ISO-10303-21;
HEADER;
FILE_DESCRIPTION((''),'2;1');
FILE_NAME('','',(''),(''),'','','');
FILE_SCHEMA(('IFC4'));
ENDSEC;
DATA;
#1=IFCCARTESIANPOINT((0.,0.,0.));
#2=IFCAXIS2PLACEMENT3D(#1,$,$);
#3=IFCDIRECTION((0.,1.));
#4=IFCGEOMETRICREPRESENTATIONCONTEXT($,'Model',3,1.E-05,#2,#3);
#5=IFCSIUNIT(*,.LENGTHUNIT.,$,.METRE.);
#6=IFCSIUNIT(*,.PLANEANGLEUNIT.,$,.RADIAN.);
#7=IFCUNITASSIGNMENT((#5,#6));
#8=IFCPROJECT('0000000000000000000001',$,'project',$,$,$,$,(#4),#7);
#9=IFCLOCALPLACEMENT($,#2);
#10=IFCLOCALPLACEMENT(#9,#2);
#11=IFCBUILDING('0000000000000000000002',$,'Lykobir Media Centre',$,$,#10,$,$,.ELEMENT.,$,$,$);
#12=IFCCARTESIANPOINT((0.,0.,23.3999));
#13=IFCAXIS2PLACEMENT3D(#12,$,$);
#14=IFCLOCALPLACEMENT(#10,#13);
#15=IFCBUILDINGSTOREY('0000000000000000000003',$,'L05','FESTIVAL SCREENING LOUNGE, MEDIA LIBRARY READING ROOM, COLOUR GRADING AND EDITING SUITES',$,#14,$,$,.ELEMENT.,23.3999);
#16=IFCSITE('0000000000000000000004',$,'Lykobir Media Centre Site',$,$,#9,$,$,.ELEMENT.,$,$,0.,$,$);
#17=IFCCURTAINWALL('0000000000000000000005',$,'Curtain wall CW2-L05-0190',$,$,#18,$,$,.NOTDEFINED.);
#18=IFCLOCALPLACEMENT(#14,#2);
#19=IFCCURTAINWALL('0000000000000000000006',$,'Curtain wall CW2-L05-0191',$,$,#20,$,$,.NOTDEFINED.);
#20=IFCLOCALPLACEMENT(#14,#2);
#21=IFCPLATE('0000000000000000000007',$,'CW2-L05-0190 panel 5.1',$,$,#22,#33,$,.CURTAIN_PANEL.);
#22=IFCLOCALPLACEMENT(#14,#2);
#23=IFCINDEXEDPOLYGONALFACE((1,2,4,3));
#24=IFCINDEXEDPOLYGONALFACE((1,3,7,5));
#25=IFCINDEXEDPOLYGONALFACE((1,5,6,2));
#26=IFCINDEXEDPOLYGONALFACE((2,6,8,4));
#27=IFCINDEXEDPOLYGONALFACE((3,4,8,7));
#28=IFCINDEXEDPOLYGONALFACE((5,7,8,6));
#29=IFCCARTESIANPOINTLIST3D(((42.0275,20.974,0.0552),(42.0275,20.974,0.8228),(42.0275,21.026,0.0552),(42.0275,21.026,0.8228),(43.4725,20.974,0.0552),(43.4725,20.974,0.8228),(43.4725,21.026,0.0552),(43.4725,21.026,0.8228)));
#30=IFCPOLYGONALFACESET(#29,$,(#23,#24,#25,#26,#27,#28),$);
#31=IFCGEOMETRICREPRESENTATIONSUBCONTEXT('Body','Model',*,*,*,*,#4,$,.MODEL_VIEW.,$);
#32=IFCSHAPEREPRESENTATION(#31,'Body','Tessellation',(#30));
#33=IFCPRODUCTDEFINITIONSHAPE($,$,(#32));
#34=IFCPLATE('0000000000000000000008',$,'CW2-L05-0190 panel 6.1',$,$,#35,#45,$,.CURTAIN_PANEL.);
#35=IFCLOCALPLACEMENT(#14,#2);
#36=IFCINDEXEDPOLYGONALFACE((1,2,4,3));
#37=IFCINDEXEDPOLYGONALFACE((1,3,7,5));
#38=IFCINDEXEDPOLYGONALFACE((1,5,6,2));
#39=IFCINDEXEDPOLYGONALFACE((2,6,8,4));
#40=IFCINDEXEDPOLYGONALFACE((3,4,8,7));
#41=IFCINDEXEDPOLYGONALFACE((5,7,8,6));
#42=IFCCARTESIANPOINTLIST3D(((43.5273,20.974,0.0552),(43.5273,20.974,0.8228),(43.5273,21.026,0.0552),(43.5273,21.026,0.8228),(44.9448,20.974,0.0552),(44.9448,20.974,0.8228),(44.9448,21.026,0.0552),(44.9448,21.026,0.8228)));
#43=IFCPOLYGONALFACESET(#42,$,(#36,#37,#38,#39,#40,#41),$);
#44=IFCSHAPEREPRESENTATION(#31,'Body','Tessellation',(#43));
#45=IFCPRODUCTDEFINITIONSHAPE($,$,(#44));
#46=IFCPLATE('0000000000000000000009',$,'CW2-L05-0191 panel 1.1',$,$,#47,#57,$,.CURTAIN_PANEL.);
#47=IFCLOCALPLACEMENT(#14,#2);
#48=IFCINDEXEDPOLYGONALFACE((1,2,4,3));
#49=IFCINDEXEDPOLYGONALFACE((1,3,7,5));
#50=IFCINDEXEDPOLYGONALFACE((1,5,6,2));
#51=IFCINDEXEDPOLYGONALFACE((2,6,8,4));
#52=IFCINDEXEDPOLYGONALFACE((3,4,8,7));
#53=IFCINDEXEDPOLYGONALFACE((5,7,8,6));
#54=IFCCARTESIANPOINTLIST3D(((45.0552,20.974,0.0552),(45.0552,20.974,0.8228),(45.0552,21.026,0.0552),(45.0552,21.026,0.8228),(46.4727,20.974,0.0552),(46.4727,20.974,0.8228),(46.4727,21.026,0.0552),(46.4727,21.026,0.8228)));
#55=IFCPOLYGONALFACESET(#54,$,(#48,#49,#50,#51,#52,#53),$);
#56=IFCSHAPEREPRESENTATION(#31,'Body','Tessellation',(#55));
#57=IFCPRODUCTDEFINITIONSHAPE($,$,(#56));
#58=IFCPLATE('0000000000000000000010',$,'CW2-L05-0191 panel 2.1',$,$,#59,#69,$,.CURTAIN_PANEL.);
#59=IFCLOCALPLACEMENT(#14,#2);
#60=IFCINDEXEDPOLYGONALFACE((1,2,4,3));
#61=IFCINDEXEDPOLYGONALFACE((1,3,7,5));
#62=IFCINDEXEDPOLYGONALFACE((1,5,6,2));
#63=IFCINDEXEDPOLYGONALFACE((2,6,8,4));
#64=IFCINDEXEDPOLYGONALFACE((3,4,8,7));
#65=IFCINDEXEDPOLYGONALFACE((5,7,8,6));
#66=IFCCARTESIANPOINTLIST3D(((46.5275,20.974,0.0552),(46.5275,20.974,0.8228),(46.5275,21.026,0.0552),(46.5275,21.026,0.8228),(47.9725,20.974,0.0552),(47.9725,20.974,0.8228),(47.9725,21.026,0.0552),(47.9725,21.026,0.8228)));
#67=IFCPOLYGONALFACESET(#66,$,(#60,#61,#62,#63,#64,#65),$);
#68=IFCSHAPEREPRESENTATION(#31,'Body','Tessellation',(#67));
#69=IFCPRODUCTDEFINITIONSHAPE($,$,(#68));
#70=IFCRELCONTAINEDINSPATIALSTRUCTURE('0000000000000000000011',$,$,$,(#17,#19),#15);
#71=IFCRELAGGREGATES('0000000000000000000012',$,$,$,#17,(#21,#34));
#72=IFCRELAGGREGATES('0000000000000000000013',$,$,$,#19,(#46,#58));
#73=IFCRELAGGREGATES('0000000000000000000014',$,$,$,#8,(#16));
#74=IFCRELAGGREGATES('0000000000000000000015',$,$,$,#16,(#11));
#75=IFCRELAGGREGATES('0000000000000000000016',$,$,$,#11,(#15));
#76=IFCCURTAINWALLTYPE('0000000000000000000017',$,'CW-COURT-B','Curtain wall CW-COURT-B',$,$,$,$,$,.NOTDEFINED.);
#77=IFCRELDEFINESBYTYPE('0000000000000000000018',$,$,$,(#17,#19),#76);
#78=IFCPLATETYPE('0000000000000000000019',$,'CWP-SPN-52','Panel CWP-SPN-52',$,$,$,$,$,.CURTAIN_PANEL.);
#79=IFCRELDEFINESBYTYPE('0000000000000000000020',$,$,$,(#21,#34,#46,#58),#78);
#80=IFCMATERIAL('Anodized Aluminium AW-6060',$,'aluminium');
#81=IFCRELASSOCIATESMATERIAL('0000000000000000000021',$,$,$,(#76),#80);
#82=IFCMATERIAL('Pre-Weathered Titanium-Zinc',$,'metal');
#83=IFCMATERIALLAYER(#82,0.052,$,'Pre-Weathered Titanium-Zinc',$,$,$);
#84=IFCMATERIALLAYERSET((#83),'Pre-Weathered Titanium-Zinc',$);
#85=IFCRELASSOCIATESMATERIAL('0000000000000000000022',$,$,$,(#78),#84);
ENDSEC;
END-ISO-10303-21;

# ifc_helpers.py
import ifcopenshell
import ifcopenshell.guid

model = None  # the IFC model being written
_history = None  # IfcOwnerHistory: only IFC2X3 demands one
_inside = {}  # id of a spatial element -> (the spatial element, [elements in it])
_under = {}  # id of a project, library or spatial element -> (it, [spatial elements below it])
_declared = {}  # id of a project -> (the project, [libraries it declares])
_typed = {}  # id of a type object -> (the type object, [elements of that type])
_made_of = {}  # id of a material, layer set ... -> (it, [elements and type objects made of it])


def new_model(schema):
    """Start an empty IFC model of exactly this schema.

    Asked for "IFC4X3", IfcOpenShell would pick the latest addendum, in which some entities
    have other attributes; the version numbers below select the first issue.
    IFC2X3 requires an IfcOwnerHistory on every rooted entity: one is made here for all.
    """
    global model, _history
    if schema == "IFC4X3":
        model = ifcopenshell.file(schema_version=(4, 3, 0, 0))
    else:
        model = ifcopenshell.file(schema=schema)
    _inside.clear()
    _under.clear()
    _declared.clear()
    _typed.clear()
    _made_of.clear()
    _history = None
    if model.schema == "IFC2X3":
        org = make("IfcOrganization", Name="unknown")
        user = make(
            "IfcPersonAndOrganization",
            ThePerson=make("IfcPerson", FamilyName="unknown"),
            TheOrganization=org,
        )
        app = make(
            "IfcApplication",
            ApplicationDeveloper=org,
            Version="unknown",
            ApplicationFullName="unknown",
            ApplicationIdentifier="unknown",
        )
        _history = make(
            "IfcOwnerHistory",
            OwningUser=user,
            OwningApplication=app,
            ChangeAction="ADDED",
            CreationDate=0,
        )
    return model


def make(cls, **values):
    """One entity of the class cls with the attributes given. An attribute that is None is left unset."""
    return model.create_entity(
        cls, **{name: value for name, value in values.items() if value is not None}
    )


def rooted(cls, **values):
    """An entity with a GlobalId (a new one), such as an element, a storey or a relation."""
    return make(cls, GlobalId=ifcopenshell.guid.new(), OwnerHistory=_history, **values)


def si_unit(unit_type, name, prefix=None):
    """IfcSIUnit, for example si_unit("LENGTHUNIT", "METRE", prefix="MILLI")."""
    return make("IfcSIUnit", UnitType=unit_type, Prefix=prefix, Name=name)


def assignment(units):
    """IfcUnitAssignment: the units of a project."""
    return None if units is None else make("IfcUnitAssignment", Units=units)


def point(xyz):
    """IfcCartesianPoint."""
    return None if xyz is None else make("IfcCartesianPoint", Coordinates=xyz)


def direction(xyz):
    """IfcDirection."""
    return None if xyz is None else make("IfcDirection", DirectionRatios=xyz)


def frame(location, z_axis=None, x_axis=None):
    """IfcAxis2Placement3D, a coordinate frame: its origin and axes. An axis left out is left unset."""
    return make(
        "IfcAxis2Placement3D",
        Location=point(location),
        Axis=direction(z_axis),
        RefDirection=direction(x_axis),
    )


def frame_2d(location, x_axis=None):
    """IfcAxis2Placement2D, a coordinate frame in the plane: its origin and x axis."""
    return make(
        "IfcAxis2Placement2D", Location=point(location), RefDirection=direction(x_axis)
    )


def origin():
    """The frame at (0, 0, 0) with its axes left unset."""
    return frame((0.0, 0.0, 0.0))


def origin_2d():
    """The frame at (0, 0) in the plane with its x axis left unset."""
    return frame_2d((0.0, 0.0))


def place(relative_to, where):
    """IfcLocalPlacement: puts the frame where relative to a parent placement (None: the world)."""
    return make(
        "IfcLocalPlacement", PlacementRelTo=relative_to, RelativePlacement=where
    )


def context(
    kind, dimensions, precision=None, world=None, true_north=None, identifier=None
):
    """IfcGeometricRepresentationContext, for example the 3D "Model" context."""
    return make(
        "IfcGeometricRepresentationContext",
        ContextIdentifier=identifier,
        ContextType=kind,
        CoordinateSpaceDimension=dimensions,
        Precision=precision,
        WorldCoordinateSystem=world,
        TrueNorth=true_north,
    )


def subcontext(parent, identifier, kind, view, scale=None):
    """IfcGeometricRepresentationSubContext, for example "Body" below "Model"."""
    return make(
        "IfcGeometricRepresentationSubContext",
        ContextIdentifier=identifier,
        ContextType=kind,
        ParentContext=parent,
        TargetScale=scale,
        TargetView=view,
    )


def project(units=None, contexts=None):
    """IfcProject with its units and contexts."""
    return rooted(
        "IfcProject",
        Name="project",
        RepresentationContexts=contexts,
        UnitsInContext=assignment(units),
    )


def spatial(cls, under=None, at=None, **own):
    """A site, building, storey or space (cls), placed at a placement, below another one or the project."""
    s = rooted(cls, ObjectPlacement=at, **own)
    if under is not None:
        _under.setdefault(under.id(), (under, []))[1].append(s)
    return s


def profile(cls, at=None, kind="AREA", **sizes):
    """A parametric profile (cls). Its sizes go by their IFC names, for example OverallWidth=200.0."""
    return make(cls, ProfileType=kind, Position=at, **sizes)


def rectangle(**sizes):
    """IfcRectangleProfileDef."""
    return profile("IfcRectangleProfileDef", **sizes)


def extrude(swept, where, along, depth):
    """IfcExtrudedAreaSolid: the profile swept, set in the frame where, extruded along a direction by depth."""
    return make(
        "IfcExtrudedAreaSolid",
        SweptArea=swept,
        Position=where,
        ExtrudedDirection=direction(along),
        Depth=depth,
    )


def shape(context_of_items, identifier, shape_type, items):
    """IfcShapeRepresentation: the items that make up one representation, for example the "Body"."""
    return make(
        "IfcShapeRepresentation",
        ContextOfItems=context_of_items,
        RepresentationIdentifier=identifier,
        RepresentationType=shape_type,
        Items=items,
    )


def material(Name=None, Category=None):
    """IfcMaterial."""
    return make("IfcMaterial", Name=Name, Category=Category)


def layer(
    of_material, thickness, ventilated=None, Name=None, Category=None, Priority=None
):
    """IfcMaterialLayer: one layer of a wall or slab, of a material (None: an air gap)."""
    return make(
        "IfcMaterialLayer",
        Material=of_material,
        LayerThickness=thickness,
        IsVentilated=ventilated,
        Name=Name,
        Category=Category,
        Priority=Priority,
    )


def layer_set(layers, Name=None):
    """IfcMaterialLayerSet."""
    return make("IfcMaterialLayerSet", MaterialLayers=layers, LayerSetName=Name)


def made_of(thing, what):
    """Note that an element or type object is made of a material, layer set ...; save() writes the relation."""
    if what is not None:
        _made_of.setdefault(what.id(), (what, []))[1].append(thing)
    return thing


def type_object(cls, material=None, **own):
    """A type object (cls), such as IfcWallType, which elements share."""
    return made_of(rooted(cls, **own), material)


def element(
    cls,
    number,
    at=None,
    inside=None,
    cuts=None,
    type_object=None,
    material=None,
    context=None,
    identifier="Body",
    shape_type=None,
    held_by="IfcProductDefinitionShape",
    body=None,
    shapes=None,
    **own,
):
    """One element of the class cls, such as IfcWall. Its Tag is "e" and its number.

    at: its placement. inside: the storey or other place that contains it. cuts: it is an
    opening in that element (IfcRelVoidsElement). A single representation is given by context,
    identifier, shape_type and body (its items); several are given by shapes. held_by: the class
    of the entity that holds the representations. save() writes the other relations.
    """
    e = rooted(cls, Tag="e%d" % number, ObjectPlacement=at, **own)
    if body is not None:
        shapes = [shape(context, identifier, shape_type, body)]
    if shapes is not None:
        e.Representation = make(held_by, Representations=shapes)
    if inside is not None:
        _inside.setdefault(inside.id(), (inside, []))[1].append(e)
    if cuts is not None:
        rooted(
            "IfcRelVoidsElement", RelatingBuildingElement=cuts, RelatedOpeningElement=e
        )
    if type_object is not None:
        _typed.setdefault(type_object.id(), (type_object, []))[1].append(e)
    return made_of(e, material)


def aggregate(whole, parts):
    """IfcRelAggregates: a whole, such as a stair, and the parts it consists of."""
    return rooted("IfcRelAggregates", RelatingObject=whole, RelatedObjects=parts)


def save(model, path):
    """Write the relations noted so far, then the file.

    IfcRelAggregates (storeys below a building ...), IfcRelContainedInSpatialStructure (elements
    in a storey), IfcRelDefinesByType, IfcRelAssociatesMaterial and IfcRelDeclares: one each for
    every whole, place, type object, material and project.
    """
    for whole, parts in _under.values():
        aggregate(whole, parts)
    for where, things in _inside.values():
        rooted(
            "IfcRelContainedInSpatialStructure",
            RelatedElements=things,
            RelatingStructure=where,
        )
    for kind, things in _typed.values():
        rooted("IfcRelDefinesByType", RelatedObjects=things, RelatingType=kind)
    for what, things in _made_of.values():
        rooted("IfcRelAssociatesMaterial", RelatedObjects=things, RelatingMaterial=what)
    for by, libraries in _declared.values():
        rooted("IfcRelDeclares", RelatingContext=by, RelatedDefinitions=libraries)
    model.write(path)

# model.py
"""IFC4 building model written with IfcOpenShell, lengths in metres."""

from ifc_helpers import new_model, si_unit, direction, frame, origin, origin_2d, place, context, subcontext, project, spatial, rectangle, extrude, material, layer, layer_set, type_object, element, aggregate, save


model = new_model("IFC4")

# Units and contexts
model_context = context("Model", 3, precision=1e-05, world=origin(), true_north=direction((0.0, 1.0)))
body_context = subcontext(model_context, "Body", "Model", "MODEL_VIEW")
ifc_project = project(units=[si_unit("LENGTHUNIT", "METRE"), si_unit("PLANEANGLEUNIT", "RADIAN")], contexts=[model_context])

# Site, building, storey
site_placement = place(None, origin())
site = spatial("IfcSite", under=ifc_project, at=site_placement, Name="Lykobir Media Centre Site", CompositionType="ELEMENT", RefElevation=0.0)
building_placement = place(site_placement, origin())
building = spatial("IfcBuilding", under=site, at=building_placement, Name="Lykobir Media Centre", CompositionType="ELEMENT")
storey_placement = place(building_placement, frame((0.0, 0.0, 23.3999)))
storey = spatial("IfcBuildingStorey", under=building, at=storey_placement, Name="L05", Description="FESTIVAL SCREENING LOUNGE, MEDIA LIBRARY READING ROOM, COLOUR GRADING AND EDITING SUITES", CompositionType="ELEMENT", Elevation=23.3999)

# Curtain walls
ifc_material_1 = material(Name="Anodized Aluminium AW-6060", Category="aluminium")
curtain_wall_type = type_object("IfcCurtainWallType", Name="CW-COURT-B", Description="Curtain wall CW-COURT-B", PredefinedType="NOTDEFINED", material=ifc_material_1)
curtain_wall_1_placement = place(storey_placement, origin())
curtain_wall_1 = element("IfcCurtainWall", 1, at=curtain_wall_1_placement, inside=storey, type_object=curtain_wall_type, Name="Curtain wall CW2-L05-0190", PredefinedType="NOTDEFINED")
curtain_wall_2_placement = place(storey_placement, origin())
curtain_wall_2 = element("IfcCurtainWall", 2, at=curtain_wall_2_placement, inside=storey, type_object=curtain_wall_type, Name="Curtain wall CW2-L05-0191", PredefinedType="NOTDEFINED")

# Plates
ifc_material_2 = material(Name="Pre-Weathered Titanium-Zinc", Category="metal")
ifc_layer_1 = layer(ifc_material_2, 0.052, Name="Pre-Weathered Titanium-Zinc")
ifc_layer_set_1 = layer_set([ifc_layer_1], Name="Pre-Weathered Titanium-Zinc")
plate_type_1 = type_object("IfcPlateType", Name="CWP-SPN-52", Description="Panel CWP-SPN-52", PredefinedType="CURTAIN_PANEL", material=ifc_layer_set_1)
plate_1_placement = place(storey_placement, frame((42.75, 21.0, 0.0552), z_axis=(0.0, 0.0, 1.0), x_axis=(1.0, 0.0, 0.0)))
plate_1 = element("IfcPlate", 3, at=plate_1_placement, type_object=plate_type_1, Name="CW2-L05-0190 panel 5.1", PredefinedType="CURTAIN_PANEL", context=body_context, shape_type="SweptSolid", body=[
    extrude(rectangle(XDim=1.4451, YDim=0.052, at=origin_2d()), origin(), (0.0, 0.0, 1.0), 0.7676),
])
plate_2_placement = place(storey_placement, frame((44.2361, 21.0, 0.0552), z_axis=(0.0, 0.0, 1.0), x_axis=(1.0, 0.0, 0.0)))
plate_2 = element("IfcPlate", 4, at=plate_2_placement, type_object=plate_type_1, Name="CW2-L05-0190 panel 6.1", PredefinedType="CURTAIN_PANEL", context=body_context, shape_type="SweptSolid", body=[
    extrude(rectangle(XDim=1.4175, YDim=0.052, at=origin_2d()), origin(), (0.0, 0.0, 1.0), 0.7676),
])
aggregate(curtain_wall_1, [plate_1, plate_2])
plate_3_placement = place(storey_placement, frame((45.7639, 21.0, 0.0552), z_axis=(0.0, 0.0, 1.0), x_axis=(1.0, 0.0, 0.0)))
plate_3 = element("IfcPlate", 5, at=plate_3_placement, type_object=plate_type_1, Name="CW2-L05-0191 panel 1.1", PredefinedType="CURTAIN_PANEL", context=body_context, shape_type="SweptSolid", body=[
    extrude(rectangle(XDim=1.4175, YDim=0.052, at=origin_2d()), origin(), (0.0, 0.0, 1.0), 0.7676),
])
plate_4_placement = place(storey_placement, frame((47.25, 21.0, 0.0552), z_axis=(0.0, 0.0, 1.0), x_axis=(1.0, 0.0, 0.0)))
plate_4 = element("IfcPlate", 6, at=plate_4_placement, type_object=plate_type_1, Name="CW2-L05-0191 panel 2.1", PredefinedType="CURTAIN_PANEL", context=body_context, shape_type="SweptSolid", body=[
    extrude(rectangle(XDim=1.4451, YDim=0.052, at=origin_2d()), origin(), (0.0, 0.0, 1.0), 0.7676),
])
aggregate(curtain_wall_2, [plate_3, plate_4])

save(model, "model.ifc")
